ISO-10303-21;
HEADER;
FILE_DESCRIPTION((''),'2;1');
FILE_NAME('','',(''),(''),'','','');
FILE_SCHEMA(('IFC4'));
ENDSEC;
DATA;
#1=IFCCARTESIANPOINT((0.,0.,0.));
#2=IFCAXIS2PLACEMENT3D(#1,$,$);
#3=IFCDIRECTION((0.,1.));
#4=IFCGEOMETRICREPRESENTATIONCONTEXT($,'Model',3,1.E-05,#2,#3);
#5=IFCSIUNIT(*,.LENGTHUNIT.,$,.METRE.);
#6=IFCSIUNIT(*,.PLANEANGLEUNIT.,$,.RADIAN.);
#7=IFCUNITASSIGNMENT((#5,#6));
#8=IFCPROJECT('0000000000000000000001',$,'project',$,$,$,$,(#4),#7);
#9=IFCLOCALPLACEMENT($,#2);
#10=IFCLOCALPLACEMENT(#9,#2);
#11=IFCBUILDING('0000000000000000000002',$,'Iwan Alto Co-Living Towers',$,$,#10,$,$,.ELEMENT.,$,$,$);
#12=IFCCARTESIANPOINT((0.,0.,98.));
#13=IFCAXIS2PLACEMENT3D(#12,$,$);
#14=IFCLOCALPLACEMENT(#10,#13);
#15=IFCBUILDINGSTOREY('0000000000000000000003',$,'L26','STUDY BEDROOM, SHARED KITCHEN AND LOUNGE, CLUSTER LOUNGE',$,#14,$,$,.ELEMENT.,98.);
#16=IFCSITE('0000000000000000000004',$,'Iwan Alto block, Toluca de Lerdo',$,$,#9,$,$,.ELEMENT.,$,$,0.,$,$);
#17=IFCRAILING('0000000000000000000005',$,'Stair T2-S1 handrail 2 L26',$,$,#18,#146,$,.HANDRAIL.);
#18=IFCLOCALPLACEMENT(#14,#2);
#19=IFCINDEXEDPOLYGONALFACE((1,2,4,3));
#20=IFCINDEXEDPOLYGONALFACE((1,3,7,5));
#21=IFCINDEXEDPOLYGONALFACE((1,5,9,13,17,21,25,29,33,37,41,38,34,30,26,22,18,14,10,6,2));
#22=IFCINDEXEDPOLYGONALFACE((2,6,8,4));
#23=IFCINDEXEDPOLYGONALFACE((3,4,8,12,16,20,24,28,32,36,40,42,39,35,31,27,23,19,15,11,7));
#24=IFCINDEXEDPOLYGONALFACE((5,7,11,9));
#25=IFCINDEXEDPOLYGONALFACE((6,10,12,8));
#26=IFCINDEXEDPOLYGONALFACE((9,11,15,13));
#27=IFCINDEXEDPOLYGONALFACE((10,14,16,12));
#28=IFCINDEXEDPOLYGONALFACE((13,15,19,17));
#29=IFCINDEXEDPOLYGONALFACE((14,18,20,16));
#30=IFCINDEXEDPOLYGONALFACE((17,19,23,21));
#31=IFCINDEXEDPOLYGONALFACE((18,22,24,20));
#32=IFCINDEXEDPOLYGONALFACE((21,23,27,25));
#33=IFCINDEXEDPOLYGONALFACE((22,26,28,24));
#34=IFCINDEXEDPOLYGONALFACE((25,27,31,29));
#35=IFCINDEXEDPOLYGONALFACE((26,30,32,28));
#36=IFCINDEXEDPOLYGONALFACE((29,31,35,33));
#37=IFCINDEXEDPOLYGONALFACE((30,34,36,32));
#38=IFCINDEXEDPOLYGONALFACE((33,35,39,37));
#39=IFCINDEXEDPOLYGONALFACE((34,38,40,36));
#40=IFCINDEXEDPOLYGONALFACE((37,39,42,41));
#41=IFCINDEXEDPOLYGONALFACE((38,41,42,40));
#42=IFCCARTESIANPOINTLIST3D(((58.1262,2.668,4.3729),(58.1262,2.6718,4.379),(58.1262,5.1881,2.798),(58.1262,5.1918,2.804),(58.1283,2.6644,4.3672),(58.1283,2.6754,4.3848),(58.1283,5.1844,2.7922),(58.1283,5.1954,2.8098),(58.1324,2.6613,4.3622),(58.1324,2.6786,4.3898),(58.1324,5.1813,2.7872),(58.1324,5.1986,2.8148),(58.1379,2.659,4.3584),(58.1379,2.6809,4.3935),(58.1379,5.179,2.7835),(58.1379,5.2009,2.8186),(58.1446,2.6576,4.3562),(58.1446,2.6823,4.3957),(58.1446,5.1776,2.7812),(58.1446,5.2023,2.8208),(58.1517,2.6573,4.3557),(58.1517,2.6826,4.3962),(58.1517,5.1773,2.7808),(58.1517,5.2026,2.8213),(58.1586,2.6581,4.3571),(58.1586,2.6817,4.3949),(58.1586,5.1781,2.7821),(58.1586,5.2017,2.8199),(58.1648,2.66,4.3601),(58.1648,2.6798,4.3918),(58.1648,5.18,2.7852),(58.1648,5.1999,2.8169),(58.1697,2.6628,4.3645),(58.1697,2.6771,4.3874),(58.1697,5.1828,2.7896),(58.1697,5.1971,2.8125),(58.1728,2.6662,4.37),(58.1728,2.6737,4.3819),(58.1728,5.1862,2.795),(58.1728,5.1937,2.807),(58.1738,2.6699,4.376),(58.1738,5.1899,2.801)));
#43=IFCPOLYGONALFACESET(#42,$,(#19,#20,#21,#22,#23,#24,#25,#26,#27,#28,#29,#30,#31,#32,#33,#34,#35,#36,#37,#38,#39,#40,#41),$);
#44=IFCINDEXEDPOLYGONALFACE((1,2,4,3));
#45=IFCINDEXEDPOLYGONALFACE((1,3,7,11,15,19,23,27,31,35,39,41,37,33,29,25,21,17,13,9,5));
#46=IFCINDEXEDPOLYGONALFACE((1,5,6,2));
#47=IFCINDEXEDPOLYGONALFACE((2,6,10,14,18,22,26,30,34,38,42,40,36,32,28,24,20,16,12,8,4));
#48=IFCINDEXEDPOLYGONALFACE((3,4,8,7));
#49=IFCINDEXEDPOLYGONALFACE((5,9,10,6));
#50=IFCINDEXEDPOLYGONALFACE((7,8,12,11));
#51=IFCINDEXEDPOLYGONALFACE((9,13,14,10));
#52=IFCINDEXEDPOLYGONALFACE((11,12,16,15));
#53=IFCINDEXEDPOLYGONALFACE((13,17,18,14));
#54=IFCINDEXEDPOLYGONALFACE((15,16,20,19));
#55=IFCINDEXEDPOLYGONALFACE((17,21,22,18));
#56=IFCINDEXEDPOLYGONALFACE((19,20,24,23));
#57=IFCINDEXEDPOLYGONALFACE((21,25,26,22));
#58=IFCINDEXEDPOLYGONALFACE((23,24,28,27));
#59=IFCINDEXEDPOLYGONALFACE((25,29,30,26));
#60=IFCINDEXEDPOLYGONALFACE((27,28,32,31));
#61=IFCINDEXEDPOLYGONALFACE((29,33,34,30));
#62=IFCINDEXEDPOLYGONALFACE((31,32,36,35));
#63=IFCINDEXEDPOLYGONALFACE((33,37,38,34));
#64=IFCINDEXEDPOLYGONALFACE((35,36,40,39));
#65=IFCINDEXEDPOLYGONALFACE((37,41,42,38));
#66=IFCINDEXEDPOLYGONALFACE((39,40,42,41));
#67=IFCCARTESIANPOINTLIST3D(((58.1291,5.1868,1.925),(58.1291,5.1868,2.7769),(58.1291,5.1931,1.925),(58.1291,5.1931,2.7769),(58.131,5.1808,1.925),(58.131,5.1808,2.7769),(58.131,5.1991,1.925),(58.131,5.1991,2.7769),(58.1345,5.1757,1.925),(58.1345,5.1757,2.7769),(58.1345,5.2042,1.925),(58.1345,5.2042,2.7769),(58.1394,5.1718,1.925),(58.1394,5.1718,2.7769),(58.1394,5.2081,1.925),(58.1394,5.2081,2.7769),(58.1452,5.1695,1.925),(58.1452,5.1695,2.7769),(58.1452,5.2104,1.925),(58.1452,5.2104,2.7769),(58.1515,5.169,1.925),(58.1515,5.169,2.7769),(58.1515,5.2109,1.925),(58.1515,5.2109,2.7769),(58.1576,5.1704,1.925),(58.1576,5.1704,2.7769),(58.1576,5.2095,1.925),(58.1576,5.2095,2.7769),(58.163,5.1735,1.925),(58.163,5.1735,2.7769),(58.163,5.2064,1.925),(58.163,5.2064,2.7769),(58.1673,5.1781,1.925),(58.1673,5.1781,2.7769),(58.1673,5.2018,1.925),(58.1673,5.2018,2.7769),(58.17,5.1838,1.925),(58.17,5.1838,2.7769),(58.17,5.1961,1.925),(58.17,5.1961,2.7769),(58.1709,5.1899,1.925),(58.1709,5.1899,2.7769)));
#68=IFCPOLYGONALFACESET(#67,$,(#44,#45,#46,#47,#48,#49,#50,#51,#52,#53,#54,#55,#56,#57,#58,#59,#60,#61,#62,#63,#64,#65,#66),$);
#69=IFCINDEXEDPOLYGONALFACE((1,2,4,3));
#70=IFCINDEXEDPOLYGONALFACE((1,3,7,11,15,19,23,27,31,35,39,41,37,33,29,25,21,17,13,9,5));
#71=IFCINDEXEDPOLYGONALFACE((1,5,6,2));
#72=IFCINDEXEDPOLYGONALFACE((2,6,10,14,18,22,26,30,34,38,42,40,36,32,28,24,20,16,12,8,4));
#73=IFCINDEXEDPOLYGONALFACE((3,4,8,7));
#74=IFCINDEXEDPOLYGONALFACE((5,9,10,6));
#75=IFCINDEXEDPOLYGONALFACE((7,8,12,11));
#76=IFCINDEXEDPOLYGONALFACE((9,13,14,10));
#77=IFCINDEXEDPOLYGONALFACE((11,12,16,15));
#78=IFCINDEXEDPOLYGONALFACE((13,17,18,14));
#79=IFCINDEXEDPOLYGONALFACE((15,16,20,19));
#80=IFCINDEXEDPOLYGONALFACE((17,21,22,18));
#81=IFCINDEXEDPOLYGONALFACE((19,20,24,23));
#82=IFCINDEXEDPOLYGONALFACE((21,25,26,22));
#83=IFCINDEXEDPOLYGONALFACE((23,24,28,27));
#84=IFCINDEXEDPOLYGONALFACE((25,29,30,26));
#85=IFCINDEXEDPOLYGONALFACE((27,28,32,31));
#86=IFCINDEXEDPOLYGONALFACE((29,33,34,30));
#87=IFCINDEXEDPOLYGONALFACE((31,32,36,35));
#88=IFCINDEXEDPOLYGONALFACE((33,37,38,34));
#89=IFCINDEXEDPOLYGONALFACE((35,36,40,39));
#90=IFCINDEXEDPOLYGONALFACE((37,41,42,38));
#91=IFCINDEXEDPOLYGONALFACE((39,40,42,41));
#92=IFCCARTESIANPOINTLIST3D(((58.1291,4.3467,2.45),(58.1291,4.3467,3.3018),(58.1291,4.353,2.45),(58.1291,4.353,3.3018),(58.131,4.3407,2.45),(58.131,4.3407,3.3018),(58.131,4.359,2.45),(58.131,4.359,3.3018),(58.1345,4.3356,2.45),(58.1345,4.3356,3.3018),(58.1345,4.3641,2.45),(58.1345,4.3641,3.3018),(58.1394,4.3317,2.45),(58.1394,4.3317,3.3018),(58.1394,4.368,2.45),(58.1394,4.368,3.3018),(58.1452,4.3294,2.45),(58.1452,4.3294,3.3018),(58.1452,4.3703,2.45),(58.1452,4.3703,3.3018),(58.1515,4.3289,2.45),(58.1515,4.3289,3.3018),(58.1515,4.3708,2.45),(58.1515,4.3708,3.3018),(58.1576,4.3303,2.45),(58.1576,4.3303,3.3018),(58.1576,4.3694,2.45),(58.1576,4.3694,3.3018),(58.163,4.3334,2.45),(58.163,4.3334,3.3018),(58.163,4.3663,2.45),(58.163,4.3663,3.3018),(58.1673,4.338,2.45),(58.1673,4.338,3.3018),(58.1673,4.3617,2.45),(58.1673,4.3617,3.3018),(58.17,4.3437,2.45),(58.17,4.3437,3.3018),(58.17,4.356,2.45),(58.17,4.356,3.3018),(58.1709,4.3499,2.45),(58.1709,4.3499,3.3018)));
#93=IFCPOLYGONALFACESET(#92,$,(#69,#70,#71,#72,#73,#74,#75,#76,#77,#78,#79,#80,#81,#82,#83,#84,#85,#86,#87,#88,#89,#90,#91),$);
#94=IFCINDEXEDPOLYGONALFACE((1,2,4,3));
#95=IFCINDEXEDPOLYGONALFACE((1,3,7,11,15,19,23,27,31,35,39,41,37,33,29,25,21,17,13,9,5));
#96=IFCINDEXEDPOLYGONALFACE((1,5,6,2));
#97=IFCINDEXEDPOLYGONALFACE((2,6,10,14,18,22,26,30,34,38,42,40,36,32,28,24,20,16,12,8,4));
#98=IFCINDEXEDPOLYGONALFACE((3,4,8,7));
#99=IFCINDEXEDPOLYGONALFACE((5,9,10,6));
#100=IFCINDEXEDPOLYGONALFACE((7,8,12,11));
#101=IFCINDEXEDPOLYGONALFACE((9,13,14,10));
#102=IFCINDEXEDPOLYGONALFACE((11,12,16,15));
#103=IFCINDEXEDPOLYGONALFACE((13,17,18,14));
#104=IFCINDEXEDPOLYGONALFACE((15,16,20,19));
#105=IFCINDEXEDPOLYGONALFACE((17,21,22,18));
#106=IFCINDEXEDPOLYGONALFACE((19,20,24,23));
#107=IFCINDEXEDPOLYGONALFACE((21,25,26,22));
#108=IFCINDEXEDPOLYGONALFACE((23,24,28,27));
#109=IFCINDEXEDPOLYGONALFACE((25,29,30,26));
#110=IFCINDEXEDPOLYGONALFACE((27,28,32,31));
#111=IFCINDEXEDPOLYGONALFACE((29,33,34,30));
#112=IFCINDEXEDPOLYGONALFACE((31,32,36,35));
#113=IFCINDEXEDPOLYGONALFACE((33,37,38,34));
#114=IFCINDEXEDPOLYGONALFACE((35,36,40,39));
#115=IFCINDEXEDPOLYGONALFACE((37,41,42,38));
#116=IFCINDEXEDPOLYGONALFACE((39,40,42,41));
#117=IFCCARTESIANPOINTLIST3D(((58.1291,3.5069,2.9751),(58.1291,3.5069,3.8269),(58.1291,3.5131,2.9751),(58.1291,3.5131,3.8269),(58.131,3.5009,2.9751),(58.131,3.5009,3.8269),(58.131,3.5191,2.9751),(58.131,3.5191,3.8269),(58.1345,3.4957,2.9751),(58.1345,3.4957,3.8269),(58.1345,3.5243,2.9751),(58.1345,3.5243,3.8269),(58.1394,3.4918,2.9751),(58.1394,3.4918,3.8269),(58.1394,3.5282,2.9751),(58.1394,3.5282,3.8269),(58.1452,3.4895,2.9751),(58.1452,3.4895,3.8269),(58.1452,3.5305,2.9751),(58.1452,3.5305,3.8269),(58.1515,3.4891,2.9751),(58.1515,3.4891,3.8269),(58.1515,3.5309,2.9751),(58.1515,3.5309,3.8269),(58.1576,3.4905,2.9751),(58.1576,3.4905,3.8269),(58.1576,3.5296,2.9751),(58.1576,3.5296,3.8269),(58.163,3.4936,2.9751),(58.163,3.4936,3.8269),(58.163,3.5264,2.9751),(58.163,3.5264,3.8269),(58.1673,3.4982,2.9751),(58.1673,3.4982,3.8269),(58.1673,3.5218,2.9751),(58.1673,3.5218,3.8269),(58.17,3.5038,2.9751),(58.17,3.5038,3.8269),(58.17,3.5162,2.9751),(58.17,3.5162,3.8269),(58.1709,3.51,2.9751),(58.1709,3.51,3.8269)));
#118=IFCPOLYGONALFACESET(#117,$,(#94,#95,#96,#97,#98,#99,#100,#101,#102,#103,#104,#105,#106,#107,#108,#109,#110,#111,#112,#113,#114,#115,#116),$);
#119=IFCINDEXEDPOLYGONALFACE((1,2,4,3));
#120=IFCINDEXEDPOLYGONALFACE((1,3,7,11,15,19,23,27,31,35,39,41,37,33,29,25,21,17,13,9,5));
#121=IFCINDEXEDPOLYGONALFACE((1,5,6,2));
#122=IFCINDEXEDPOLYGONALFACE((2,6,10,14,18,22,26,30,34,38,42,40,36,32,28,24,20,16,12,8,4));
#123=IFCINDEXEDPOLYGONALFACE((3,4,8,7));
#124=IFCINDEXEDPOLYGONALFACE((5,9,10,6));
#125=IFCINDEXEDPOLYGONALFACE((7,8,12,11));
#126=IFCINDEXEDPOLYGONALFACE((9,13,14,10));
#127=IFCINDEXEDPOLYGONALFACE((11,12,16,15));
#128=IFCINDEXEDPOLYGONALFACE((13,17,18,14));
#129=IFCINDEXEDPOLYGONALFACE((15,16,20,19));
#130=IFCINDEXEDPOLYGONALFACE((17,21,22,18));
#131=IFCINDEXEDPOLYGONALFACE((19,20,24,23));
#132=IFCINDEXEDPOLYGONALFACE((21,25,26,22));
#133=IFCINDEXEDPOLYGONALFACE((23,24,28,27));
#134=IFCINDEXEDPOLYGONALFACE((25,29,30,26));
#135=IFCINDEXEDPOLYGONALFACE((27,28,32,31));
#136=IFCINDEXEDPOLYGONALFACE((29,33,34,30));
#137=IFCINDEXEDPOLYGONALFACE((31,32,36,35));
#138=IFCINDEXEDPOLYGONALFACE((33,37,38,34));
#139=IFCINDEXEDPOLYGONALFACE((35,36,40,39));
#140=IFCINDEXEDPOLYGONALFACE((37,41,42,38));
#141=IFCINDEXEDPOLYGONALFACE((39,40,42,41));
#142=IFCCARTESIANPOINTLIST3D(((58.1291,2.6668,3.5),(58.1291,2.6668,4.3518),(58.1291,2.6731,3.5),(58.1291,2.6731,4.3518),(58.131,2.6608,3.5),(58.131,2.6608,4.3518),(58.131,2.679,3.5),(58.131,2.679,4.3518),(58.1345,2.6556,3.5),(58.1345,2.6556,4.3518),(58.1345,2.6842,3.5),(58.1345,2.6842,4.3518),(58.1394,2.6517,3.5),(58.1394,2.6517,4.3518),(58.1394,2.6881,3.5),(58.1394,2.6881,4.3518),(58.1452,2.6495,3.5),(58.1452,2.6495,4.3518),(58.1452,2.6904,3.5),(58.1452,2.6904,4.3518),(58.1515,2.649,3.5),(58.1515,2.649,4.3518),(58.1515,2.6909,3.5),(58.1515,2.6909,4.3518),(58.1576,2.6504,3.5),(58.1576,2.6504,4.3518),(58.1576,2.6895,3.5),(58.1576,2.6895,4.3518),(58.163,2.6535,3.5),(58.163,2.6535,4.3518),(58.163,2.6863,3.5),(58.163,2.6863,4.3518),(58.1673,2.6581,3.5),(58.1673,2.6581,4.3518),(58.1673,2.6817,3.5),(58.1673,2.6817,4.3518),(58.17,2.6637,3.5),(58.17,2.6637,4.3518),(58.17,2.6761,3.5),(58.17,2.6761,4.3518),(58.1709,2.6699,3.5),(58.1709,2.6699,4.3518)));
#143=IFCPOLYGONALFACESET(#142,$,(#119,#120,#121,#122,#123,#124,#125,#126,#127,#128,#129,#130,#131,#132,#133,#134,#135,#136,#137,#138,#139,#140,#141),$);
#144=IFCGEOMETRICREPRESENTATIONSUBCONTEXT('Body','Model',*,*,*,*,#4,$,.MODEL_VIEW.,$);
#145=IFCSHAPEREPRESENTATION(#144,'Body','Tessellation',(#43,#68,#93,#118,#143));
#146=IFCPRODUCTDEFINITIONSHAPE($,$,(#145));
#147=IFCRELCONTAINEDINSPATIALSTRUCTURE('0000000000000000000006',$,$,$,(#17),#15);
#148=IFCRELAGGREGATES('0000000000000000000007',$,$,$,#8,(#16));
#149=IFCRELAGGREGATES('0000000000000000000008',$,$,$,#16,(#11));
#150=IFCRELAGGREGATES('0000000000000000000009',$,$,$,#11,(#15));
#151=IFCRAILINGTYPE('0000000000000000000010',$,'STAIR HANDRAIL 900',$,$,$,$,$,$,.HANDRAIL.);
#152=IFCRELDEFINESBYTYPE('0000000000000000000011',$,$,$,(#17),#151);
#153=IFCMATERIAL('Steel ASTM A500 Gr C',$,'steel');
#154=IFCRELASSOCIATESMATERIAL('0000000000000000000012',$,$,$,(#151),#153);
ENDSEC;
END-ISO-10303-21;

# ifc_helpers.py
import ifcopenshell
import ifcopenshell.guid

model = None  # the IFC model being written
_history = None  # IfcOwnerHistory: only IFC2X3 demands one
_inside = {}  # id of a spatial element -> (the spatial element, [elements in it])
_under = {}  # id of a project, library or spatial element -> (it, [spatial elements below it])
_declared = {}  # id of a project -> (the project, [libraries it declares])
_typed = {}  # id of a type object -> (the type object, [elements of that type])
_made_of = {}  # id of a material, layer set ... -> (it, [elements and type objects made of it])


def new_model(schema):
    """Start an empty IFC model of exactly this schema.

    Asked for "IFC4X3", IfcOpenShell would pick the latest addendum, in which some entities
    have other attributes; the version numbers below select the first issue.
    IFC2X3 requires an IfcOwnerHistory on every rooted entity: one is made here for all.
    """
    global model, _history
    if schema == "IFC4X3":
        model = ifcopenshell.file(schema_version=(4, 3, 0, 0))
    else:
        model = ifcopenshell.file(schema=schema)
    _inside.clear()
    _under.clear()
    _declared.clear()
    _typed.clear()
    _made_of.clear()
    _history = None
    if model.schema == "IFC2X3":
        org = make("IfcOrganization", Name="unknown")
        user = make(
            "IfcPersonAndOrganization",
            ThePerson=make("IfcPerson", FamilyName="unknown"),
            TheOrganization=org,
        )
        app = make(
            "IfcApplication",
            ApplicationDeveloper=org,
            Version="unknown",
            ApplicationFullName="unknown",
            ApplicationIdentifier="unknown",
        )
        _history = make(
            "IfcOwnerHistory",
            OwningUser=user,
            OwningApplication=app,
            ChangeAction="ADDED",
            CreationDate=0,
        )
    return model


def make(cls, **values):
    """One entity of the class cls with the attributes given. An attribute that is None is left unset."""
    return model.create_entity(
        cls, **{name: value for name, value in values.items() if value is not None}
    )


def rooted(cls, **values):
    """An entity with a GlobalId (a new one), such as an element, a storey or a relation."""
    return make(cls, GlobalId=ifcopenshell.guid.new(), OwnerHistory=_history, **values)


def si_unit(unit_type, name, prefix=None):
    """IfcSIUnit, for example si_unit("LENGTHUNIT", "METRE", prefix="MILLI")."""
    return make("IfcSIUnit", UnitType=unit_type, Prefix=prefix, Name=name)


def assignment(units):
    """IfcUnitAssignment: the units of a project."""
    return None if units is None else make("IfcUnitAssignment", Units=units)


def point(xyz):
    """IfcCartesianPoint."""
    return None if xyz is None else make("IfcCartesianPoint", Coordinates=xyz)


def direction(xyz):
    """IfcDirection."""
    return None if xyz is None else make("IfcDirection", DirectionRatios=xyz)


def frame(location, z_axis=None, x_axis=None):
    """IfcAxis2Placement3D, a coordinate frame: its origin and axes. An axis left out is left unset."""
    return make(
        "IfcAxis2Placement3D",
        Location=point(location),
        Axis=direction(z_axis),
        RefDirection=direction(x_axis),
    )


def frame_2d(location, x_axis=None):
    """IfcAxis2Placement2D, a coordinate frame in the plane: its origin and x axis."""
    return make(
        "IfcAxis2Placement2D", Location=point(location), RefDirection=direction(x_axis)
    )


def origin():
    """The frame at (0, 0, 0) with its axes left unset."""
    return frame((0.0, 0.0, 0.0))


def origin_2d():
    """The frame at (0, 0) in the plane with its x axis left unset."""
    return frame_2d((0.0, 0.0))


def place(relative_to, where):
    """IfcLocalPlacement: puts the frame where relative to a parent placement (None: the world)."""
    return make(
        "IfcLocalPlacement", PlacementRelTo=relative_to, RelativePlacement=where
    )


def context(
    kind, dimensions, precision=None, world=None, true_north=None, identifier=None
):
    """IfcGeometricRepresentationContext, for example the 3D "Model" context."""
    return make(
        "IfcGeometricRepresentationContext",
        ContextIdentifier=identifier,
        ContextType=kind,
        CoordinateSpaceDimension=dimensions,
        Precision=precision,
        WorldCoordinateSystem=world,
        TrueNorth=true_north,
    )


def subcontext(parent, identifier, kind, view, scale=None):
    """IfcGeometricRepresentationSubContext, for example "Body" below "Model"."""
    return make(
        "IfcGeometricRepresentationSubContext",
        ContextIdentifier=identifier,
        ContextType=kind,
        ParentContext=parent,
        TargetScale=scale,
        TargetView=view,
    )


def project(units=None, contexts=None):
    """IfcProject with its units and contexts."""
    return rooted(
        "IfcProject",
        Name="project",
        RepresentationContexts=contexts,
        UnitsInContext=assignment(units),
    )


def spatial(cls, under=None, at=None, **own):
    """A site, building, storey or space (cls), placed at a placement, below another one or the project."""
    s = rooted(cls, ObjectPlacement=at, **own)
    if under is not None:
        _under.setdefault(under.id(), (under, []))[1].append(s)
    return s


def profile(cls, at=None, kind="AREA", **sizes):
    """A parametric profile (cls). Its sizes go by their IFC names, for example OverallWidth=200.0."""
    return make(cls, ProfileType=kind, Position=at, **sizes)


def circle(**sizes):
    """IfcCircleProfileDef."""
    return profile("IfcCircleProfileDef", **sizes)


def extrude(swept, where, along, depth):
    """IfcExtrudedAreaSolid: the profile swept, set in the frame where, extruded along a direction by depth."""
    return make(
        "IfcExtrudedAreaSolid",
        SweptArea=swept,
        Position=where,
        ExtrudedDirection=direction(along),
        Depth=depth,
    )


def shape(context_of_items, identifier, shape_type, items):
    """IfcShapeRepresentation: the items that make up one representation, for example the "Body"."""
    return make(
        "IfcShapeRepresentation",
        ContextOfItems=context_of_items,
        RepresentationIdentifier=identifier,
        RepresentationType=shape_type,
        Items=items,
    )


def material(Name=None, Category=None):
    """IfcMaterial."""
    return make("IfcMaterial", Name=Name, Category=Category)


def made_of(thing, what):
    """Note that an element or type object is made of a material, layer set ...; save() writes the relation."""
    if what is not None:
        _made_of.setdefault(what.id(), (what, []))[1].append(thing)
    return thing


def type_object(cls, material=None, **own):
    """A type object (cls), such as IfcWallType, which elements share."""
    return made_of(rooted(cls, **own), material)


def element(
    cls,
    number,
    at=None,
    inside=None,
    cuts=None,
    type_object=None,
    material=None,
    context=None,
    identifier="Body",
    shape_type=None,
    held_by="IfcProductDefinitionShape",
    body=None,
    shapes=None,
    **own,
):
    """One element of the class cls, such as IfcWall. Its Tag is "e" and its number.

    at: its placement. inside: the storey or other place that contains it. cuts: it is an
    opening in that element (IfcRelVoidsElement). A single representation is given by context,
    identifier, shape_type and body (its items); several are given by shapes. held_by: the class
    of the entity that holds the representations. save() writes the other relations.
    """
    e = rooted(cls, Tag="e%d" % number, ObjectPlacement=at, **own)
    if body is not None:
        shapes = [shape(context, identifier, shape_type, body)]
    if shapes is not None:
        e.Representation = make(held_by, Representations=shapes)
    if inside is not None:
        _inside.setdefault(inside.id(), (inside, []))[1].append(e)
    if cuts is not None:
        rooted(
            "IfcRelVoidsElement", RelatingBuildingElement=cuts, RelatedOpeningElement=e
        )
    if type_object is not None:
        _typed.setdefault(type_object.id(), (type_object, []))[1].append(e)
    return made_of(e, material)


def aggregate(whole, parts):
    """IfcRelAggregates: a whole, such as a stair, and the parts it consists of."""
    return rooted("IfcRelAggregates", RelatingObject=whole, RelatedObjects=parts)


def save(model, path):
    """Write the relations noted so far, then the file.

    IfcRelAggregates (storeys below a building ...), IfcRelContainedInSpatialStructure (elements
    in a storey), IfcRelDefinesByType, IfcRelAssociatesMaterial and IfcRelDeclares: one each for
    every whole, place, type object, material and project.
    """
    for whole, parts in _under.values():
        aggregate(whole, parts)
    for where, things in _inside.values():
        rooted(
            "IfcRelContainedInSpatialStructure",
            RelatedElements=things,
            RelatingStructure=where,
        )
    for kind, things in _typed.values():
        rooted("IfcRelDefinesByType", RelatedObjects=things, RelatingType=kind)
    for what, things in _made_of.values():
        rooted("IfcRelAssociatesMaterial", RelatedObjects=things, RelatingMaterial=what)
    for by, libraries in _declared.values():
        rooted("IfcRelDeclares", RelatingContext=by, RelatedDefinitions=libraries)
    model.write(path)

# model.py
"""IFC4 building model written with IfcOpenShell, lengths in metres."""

from ifc_helpers import new_model, si_unit, direction, frame, origin, origin_2d, place, context, subcontext, project, spatial, circle, extrude, material, type_object, element, save


model = new_model("IFC4")

# Units and contexts
model_context = context("Model", 3, precision=1e-05, world=origin(), true_north=direction((0.0, 1.0)))
body_context = subcontext(model_context, "Body", "Model", "MODEL_VIEW")
ifc_project = project(units=[si_unit("LENGTHUNIT", "METRE"), si_unit("PLANEANGLEUNIT", "RADIAN")], contexts=[model_context])

# Site, building, storey
site_placement = place(None, origin())
site = spatial("IfcSite", under=ifc_project, at=site_placement, Name="Iwan Alto block, Toluca de Lerdo", CompositionType="ELEMENT", RefElevation=0.0)
building_placement = place(site_placement, origin())
building = spatial("IfcBuilding", under=site, at=building_placement, Name="Iwan Alto Co-Living Towers", CompositionType="ELEMENT")
storey_placement = place(building_placement, frame((0.0, 0.0, 98.0)))
storey = spatial("IfcBuildingStorey", under=building, at=storey_placement, Name="L26", Description="STUDY BEDROOM, SHARED KITCHEN AND LOUNGE, CLUSTER LOUNGE", CompositionType="ELEMENT", Elevation=98.0)

# Railing
ifc_material_1 = material(Name="Steel ASTM A500 Gr C", Category="steel")
railing_type_1 = type_object("IfcRailingType", Name="STAIR HANDRAIL 900", PredefinedType="HANDRAIL", material=ifc_material_1)
railing_1_placement = place(storey_placement, frame((58.1499, 5.1899, 1.925)))
element("IfcRailing", 1, at=railing_1_placement, inside=storey, type_object=railing_type_1, Name="Stair T2-S1 handrail 2 L26", PredefinedType="HANDRAIL", context=body_context, shape_type="SweptSolid", body=[
    extrude(circle(Radius=0.0239, at=origin_2d()), frame((0.0, 0.0, 0.876), z_axis=(0.0, -0.848008, 0.529984), x_axis=(1.0, 0.0, 0.0)), (0.0, 0.0, 1.0), 2.9717),
    extrude(circle(Radius=0.021, at=origin_2d()), origin(), (0.0, 0.0, 1.0), 0.8518),
    extrude(circle(Radius=0.021, at=origin_2d()), frame((0.0, -0.8401, 0.5249)), (0.0, 0.0, 1.0), 0.8518),
    extrude(circle(Radius=0.021, at=origin_2d()), frame((0.0, -1.6799, 1.05)), (0.0, 0.0, 1.0), 0.8518),
    extrude(circle(Radius=0.021, at=origin_2d()), frame((0.0, -2.52, 1.575)), (0.0, 0.0, 1.0), 0.8518),
])

save(model, "model.ifc")
